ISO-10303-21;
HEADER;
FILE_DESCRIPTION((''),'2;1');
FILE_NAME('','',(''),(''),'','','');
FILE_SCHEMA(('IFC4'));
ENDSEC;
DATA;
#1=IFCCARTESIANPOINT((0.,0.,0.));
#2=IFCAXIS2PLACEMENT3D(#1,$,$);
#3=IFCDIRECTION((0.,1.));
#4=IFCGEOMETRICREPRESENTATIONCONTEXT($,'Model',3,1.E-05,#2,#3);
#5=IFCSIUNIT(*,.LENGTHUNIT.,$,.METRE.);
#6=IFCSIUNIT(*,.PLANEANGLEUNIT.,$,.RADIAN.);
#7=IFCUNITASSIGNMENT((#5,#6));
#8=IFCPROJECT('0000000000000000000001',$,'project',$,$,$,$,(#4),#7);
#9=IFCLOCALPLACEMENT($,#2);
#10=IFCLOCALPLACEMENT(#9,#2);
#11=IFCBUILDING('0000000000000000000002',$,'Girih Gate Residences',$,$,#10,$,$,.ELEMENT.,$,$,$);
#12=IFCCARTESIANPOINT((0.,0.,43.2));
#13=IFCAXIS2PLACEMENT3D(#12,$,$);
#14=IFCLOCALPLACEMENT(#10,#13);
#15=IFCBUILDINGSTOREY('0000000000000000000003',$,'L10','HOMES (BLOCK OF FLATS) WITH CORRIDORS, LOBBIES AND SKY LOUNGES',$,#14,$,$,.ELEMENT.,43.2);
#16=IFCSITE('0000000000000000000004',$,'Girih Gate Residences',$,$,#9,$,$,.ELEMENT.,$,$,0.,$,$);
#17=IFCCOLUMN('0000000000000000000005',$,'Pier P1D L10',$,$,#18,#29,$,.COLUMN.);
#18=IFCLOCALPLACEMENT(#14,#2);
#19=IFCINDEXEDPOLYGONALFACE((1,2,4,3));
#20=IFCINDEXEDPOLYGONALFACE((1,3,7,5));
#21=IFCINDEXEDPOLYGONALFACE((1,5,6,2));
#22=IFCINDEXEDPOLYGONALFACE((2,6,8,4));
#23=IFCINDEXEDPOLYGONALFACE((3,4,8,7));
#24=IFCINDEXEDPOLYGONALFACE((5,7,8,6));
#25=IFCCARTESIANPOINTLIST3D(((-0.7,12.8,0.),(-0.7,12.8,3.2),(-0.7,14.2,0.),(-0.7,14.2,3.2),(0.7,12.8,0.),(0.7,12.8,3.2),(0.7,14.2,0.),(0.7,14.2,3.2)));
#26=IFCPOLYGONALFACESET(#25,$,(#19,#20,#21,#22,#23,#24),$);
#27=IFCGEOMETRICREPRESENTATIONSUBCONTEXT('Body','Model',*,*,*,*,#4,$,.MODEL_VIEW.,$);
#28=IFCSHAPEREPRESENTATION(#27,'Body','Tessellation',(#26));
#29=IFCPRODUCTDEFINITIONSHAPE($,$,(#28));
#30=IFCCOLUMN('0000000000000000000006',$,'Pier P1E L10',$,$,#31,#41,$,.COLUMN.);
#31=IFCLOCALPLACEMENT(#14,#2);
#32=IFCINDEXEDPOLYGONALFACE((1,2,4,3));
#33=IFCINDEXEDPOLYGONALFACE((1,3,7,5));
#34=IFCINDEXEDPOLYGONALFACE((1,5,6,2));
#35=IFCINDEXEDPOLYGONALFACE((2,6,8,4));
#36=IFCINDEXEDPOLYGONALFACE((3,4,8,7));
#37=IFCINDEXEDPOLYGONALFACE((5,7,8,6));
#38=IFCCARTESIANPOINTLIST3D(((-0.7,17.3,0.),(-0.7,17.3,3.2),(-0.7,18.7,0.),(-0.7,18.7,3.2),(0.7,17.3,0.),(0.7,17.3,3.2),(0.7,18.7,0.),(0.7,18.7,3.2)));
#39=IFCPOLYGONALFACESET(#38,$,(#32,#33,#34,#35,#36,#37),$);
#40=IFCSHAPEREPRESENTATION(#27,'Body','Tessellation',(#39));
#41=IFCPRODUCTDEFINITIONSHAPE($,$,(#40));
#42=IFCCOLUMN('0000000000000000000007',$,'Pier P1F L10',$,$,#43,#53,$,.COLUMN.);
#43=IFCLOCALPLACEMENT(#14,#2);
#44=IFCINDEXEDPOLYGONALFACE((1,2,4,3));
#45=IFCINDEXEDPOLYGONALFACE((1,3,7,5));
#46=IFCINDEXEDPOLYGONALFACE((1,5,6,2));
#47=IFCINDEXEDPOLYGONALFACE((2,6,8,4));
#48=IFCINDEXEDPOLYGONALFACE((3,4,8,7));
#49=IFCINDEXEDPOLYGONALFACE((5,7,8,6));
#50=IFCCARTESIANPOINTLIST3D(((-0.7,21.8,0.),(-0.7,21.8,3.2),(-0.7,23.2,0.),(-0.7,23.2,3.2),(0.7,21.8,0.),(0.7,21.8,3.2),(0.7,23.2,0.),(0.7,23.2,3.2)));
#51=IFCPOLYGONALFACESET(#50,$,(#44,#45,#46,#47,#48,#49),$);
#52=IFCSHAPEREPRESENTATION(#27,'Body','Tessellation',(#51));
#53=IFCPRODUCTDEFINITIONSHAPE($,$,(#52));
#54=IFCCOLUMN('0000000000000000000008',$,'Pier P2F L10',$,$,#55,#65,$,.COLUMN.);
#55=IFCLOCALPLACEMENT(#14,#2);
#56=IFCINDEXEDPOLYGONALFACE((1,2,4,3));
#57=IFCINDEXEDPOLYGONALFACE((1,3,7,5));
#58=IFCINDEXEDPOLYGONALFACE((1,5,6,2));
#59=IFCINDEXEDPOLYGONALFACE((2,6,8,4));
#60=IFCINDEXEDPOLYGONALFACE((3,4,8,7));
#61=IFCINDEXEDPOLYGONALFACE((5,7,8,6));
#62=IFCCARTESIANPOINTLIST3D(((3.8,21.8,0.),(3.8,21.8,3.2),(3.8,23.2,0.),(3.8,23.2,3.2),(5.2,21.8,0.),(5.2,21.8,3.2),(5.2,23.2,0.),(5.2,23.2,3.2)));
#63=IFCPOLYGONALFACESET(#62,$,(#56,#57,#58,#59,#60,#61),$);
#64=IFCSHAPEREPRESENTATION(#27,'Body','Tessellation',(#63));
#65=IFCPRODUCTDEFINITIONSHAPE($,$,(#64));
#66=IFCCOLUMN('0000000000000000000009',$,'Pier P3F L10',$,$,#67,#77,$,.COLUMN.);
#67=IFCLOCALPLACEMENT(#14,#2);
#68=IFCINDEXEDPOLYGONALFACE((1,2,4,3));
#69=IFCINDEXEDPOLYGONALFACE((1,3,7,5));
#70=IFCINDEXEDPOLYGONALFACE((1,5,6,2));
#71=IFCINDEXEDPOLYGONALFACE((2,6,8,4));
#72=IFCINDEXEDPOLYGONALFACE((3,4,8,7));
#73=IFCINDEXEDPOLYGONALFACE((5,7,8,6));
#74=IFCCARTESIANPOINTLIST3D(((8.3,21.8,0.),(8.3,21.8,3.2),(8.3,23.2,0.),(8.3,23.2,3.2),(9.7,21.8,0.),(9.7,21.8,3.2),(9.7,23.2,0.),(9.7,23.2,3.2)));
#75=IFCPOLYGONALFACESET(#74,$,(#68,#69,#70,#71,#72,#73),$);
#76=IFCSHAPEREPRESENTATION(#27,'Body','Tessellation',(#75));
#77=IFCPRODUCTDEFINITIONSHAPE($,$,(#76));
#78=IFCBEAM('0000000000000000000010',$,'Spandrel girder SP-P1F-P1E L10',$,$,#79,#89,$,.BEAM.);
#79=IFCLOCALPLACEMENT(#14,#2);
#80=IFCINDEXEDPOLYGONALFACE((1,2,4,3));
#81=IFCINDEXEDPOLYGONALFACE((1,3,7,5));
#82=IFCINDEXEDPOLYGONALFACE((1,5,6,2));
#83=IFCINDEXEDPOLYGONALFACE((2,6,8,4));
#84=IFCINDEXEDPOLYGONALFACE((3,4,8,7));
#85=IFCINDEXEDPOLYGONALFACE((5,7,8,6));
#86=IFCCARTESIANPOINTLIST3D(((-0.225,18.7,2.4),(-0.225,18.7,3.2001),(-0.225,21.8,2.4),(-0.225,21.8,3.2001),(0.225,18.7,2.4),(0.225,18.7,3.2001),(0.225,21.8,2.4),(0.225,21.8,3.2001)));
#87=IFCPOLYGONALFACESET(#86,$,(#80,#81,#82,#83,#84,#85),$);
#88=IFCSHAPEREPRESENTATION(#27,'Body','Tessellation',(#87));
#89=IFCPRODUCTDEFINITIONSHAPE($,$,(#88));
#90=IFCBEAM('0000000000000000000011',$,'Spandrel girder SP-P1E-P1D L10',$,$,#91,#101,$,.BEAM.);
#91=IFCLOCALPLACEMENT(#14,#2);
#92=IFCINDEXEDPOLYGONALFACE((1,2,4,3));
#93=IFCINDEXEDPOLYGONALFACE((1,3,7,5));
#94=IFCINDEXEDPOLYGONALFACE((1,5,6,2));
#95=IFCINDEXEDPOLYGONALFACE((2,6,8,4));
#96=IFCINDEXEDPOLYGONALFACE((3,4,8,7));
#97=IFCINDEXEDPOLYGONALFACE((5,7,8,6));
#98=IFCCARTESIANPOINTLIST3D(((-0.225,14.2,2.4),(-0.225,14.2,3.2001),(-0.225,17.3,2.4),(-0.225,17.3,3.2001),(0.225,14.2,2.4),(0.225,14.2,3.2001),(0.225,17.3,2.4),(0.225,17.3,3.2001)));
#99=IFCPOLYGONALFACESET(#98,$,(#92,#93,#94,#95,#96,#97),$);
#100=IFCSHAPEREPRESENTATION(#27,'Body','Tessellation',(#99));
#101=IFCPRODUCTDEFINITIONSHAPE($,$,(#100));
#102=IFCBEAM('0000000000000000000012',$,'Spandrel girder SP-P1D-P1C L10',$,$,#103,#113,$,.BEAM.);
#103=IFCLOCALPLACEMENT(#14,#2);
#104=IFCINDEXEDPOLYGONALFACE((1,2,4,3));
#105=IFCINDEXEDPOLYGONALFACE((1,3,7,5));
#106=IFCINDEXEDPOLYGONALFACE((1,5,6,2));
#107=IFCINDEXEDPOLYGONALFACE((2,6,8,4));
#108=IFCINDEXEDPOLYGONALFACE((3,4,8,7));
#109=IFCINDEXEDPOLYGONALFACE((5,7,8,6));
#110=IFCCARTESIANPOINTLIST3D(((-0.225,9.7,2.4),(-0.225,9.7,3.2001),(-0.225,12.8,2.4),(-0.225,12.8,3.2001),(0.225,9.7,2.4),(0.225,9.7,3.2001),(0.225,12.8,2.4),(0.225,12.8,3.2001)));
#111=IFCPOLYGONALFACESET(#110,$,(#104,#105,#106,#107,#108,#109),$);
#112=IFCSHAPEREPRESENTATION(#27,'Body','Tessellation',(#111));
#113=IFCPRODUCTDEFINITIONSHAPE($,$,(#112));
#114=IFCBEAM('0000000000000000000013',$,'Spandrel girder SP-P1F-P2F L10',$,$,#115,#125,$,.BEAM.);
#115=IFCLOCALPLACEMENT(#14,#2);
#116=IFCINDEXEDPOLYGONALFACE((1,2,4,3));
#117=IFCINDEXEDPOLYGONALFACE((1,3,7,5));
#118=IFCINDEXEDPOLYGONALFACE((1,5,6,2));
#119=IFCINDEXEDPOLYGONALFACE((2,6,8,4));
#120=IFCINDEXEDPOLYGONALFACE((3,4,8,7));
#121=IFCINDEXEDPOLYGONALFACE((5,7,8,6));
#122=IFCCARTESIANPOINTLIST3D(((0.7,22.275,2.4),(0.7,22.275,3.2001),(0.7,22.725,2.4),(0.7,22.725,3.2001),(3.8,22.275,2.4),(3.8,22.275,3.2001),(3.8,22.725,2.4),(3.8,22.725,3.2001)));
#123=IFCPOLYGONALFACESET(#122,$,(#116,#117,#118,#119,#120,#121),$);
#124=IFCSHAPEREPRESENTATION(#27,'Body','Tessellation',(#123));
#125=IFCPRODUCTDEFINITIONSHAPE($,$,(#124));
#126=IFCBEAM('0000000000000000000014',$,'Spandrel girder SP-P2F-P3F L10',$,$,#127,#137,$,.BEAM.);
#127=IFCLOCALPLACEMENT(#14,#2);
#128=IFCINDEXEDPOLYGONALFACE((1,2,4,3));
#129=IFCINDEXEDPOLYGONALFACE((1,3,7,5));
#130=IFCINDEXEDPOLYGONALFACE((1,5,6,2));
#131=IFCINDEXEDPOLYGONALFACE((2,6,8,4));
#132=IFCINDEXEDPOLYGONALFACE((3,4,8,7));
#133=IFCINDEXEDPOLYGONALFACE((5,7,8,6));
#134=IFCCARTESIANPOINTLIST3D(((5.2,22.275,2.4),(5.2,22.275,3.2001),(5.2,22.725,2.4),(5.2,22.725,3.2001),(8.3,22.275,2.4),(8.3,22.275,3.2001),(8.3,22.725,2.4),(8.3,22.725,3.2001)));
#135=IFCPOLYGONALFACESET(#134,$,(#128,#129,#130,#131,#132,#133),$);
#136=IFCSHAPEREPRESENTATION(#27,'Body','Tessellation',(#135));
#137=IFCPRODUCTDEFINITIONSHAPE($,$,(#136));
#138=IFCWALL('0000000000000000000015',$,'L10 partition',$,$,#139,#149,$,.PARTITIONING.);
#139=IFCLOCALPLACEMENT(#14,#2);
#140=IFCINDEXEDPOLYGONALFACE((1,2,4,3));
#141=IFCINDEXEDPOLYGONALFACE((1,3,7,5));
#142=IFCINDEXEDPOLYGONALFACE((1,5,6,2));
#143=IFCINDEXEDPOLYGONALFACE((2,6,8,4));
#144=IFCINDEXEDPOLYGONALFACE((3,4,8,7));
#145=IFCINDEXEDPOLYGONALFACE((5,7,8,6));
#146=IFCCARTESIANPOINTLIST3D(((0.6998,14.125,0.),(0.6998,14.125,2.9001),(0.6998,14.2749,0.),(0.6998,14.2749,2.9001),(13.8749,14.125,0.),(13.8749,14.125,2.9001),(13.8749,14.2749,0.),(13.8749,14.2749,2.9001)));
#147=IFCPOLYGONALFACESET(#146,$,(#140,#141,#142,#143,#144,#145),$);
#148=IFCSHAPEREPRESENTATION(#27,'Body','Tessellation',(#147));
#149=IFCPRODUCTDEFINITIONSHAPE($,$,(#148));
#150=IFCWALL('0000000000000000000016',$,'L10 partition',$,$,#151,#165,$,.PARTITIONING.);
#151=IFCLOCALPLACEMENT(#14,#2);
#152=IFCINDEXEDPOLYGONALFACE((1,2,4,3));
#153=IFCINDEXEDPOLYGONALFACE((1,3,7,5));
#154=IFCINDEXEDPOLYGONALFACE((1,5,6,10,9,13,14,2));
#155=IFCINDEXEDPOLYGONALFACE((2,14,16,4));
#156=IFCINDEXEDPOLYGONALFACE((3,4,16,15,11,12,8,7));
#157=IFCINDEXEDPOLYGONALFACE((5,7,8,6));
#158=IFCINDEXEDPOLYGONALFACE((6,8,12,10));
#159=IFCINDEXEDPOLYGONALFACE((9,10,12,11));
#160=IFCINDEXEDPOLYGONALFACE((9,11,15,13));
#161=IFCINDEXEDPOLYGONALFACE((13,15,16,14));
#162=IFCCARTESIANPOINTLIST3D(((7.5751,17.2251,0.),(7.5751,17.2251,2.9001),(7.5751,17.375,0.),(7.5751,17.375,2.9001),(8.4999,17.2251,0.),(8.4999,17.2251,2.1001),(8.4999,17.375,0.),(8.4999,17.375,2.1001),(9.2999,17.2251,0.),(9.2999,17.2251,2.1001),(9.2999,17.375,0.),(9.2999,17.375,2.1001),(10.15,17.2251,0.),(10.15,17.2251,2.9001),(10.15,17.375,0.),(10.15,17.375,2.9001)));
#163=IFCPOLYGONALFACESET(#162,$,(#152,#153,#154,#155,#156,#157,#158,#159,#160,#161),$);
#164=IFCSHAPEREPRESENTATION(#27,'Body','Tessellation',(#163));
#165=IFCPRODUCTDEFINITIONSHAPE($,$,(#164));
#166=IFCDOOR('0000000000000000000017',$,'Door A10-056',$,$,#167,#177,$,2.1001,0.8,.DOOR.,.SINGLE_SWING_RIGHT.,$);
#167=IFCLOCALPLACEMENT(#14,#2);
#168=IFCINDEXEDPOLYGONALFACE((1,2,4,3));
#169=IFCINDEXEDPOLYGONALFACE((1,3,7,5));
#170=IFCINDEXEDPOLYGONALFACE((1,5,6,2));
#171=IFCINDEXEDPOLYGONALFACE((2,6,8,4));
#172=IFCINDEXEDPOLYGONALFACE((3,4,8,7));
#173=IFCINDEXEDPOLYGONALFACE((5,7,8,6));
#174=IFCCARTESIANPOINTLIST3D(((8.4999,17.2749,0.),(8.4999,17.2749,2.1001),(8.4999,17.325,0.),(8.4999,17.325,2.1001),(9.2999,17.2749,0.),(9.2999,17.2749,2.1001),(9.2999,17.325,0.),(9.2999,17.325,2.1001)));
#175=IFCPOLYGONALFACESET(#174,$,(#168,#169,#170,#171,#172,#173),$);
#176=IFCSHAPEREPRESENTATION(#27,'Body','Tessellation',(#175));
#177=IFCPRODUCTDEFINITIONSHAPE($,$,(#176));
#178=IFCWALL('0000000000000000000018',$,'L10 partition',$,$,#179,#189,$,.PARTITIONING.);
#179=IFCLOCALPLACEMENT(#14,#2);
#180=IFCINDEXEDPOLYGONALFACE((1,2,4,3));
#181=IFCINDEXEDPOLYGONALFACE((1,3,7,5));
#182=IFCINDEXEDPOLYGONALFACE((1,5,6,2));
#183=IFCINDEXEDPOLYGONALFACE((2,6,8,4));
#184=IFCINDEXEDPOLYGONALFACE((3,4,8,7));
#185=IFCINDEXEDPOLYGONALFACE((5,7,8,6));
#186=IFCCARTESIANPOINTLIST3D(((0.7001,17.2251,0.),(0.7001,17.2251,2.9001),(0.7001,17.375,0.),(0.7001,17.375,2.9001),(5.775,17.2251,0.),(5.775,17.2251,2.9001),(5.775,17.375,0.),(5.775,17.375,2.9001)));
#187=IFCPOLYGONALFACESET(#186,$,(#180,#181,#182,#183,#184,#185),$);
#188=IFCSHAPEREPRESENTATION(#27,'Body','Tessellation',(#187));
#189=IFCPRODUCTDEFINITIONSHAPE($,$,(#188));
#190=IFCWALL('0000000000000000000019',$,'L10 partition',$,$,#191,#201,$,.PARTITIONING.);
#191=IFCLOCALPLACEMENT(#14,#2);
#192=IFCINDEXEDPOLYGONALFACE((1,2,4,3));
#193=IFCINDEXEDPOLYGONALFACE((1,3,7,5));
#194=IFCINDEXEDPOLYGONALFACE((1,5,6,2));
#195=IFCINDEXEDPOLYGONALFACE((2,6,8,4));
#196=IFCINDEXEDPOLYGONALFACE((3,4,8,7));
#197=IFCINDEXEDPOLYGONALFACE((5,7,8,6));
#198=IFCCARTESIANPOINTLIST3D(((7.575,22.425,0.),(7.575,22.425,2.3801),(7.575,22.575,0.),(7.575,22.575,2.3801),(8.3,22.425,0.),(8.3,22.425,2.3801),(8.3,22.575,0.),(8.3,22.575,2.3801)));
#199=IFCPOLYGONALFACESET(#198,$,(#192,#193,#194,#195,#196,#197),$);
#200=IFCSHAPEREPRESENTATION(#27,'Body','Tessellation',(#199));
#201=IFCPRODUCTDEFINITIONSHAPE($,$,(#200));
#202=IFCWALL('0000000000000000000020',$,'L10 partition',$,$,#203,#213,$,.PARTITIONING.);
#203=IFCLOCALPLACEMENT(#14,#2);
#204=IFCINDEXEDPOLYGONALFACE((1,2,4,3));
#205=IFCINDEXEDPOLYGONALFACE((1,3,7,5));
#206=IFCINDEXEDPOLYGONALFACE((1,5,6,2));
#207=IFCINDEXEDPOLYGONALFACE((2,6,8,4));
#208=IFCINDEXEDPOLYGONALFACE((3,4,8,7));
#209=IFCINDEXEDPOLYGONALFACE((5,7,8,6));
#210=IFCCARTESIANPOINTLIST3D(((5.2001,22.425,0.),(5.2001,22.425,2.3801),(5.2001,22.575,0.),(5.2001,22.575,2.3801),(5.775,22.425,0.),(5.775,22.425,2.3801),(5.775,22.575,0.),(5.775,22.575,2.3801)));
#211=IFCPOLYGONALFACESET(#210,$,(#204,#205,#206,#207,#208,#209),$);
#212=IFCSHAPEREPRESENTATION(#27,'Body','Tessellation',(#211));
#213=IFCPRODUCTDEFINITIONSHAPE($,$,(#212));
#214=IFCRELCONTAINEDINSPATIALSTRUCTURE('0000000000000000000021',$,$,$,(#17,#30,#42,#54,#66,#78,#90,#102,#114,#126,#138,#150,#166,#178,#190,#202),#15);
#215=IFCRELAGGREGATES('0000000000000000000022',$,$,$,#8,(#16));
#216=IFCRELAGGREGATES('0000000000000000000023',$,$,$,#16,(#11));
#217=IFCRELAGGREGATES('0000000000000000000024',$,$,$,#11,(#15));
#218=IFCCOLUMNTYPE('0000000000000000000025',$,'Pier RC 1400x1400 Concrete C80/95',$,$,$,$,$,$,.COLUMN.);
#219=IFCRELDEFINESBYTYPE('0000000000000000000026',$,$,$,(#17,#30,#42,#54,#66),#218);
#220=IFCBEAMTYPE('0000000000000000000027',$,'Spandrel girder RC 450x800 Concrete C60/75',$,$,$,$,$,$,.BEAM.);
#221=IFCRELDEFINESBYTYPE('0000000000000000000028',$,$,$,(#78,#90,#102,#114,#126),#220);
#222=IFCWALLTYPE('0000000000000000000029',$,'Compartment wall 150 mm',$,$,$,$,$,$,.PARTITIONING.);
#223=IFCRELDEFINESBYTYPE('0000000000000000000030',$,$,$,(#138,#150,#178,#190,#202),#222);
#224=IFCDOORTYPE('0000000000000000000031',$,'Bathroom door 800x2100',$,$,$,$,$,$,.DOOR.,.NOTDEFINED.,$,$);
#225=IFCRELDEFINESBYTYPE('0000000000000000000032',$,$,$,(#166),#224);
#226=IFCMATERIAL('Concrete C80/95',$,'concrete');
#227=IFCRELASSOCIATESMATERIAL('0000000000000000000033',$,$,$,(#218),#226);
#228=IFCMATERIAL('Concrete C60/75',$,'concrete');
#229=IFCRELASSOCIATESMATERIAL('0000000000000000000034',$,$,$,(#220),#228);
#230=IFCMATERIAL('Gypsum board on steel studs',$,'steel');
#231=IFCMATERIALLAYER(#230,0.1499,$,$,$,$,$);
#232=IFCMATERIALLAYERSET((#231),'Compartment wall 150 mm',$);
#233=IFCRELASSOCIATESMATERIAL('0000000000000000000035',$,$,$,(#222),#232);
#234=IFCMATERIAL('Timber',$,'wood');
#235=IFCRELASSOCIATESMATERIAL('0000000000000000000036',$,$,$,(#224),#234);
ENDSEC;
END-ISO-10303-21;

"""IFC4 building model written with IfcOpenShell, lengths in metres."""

from ifc_helpers import new_model, si_unit, direction, frame, frame_2d, origin, origin_2d, place, context, subcontext, project, spatial, rectangle, extrude, material, layer, layer_set, material_profile, profile_set, type_object, element, fill, save


model = new_model("IFC4")

# Units and contexts
model_context = context("Model", 3, precision=1e-05, world=origin(), true_north=direction((0.0, 1.0)))
body_context = subcontext(model_context, "Body", "Model", "MODEL_VIEW")
ifc_project = project(units=[si_unit("LENGTHUNIT", "METRE"), si_unit("PLANEANGLEUNIT", "RADIAN")], contexts=[model_context])

# Site, building, storey
site_placement = place(None, origin())
site = spatial("IfcSite", under=ifc_project, at=site_placement, Name="Girih Gate Residences", CompositionType="ELEMENT", RefElevation=0.0)
building_placement = place(site_placement, origin())
building = spatial("IfcBuilding", under=site, at=building_placement, Name="Girih Gate Residences", CompositionType="ELEMENT")
storey_placement = place(building_placement, frame((0.0, 0.0, 43.2)))
storey = spatial("IfcBuildingStorey", under=building, at=storey_placement, Name="L10", Description="HOMES (BLOCK OF FLATS) WITH CORRIDORS, LOBBIES AND SKY LOUNGES", CompositionType="ELEMENT", Elevation=43.2)

# Columns
ifc_material_1 = material(Name="Concrete C80/95", Category="concrete")
ifc_material_profile_1 = material_profile(ifc_material_1, rectangle(XDim=1.3999, YDim=1.3999, at=origin_2d()))
ifc_profile_set_1 = profile_set([ifc_material_profile_1], Name="Concrete C80/95")
column_type = type_object("IfcColumnType", Name="Pier RC 1400x1400 Concrete C80/95", PredefinedType="COLUMN", material=ifc_profile_set_1)
for number, where, z_axis, x_axis, name in (
    (1, (0.0, 13.5, 0.0), (0.0, 0.0, 1.0), (1.0, 0.0, 0.0), "Pier P1D L10"),
    (2, (0.0, 18.0, 0.0), (0.0, 0.0, 1.0), (1.0, 0.0, 0.0), "Pier P1E L10"),
    (3, (0.0, 22.5, 0.0), (0.0, 0.0, 1.0), (1.0, 0.0, 0.0), "Pier P1F L10"),
    (4, (4.5, 22.5, 0.0), (0.0, 0.0, 1.0), (1.0, 0.0, 0.0), "Pier P2F L10"),
    (5, (9.0, 22.5, 0.0), (0.0, 0.0, 1.0), (1.0, 0.0, 0.0), "Pier P3F L10"),
):
    element("IfcColumn", number, at=place(storey_placement, frame(where, z_axis=z_axis, x_axis=x_axis)), inside=storey, type_object=column_type, Name=name, PredefinedType="COLUMN", context=body_context, shape_type="SweptSolid", body=[
        extrude(rectangle(XDim=1.3999, YDim=1.3999, at=origin_2d()), origin(), (0.0, 0.0, 1.0), 3.2),
    ])

# Beams
ifc_material_2 = material(Name="Concrete C60/75", Category="concrete")
ifc_material_profile_2 = material_profile(ifc_material_2, rectangle(XDim=0.45, YDim=0.8, at=origin_2d()))
ifc_profile_set_2 = profile_set([ifc_material_profile_2], Name="Concrete C60/75")
beam_type = type_object("IfcBeamType", Name="Spandrel girder RC 450x800 Concrete C60/75", PredefinedType="BEAM", material=ifc_profile_set_2)
for number, where, z_axis, x_axis, name in (
    (6, (0.0, 21.8, 2.8), (0.0, -1.0, 0.0), (1.0, 0.0, 0.0), "Spandrel girder SP-P1F-P1E L10"),
    (7, (0.0, 17.3, 2.8), (0.0, -1.0, 0.0), (1.0, 0.0, 0.0), "Spandrel girder SP-P1E-P1D L10"),
    (8, (0.0, 12.8, 2.8), (0.0, -1.0, 0.0), (1.0, 0.0, 0.0), "Spandrel girder SP-P1D-P1C L10"),
    (9, (0.7, 22.5, 2.8), (1.0, 0.0, 0.0), (0.0, 1.0, 0.0), "Spandrel girder SP-P1F-P2F L10"),
    (10, (5.2, 22.5, 2.8), (1.0, 0.0, 0.0), (0.0, 1.0, 0.0), "Spandrel girder SP-P2F-P3F L10"),
):
    element("IfcBeam", number, at=place(storey_placement, frame(where, z_axis=z_axis, x_axis=x_axis)), inside=storey, type_object=beam_type, Name=name, PredefinedType="BEAM", context=body_context, shape_type="SweptSolid", body=[
        extrude(rectangle(XDim=0.45, YDim=0.8, at=origin_2d()), origin(), (0.0, 0.0, 1.0), 3.1001),
    ])

# Wall
ifc_material_3 = material(Name="Gypsum board on steel studs", Category="steel")
ifc_layer_1 = layer(ifc_material_3, 0.1499)
ifc_layer_set_1 = layer_set([ifc_layer_1], Name="Compartment wall 150 mm")
wall_type_1 = type_object("IfcWallType", Name="Compartment wall 150 mm", PredefinedType="PARTITIONING", material=ifc_layer_set_1)
wall_1_placement = place(storey_placement, frame((0.7, 14.2, 0.0), z_axis=(0.0, 0.0, 1.0), x_axis=(1.0, 0.0, 0.0)))
element("IfcWall", 11, at=wall_1_placement, inside=storey, type_object=wall_type_1, Name="L10 partition", PredefinedType="PARTITIONING", context=body_context, shape_type="SweptSolid", body=[
    extrude(rectangle(XDim=13.175, YDim=0.1499, at=frame_2d((6.5874, 0.0))), origin(), (0.0, 0.0, 1.0), 2.9001),
])

# Wall, opening, door
wall_2_placement = place(storey_placement, frame((7.575, 17.3, 0.0), z_axis=(0.0, 0.0, 1.0), x_axis=(1.0, 0.0, 0.0)))
wall_2 = element("IfcWall", 12, at=wall_2_placement, inside=storey, type_object=wall_type_1, Name="L10 partition", PredefinedType="PARTITIONING", context=body_context, shape_type="SweptSolid", body=[
    extrude(rectangle(XDim=2.575, YDim=0.1499, at=frame_2d((1.2876, 0.0))), origin(), (0.0, 0.0, 1.0), 2.9001),
])
opening_1_placement = place(wall_2_placement, frame((0.925, 0.0, 0.0)))
opening_1 = element("IfcOpeningElement", 13, at=opening_1_placement, cuts=wall_2, PredefinedType="OPENING", context=body_context, shape_type="SweptSolid", body=[
    extrude(rectangle(XDim=0.8, YDim=2.1001, at=frame_2d((0.3999, 1.05))), frame((0.0, 0.085, 0.0), z_axis=(0.0, -1.0, 0.0), x_axis=(1.0, 0.0, 0.0)), (0.0, 0.0, 1.0), 0.1699),
])
ifc_material_4 = material(Name="Timber", Category="wood")
door_type_1 = type_object("IfcDoorType", Name="Bathroom door 800x2100", OperationType="NOTDEFINED", PredefinedType="DOOR", material=ifc_material_4)
door_1_placement = place(opening_1_placement, origin())
door_1 = element("IfcDoor", 14, at=door_1_placement, inside=storey, type_object=door_type_1, Name="Door A10-056", OperationType="SINGLE_SWING_RIGHT", OverallHeight=2.1001, OverallWidth=0.8, PredefinedType="DOOR", context=body_context, shape_type="SweptSolid", body=[
    extrude(rectangle(XDim=0.8, YDim=2.1001, at=frame_2d((0.3999, 1.05))), frame((0.0, 0.0249, 0.0), z_axis=(0.0, -1.0, 0.0), x_axis=(1.0, 0.0, 0.0)), (0.0, 0.0, 1.0), 0.05),
])
fill(opening_1, door_1)

# Walls
wall_3_placement = place(storey_placement, frame((0.7, 17.3, 0.0), z_axis=(0.0, 0.0, 1.0), x_axis=(1.0, 0.0, 0.0)))
element("IfcWall", 15, at=wall_3_placement, inside=storey, type_object=wall_type_1, Name="L10 partition", PredefinedType="PARTITIONING", context=body_context, shape_type="SweptSolid", body=[
    extrude(rectangle(XDim=5.075, YDim=0.1499, at=frame_2d((2.5376, 0.0))), origin(), (0.0, 0.0, 1.0), 2.9001),
])
wall_4_placement = place(storey_placement, frame((7.575, 22.5, 0.0), z_axis=(0.0, 0.0, 1.0), x_axis=(1.0, 0.0, 0.0)))
element("IfcWall", 16, at=wall_4_placement, inside=storey, type_object=wall_type_1, Name="L10 partition", PredefinedType="PARTITIONING", context=body_context, shape_type="SweptSolid", body=[
    extrude(rectangle(XDim=0.7251, YDim=0.1499, at=frame_2d((0.3625, 0.0))), origin(), (0.0, 0.0, 1.0), 2.3801),
])
wall_5_placement = place(storey_placement, frame((5.2, 22.5, 0.0), z_axis=(0.0, 0.0, 1.0), x_axis=(1.0, 0.0, 0.0)))
element("IfcWall", 17, at=wall_5_placement, inside=storey, type_object=wall_type_1, Name="L10 partition", PredefinedType="PARTITIONING", context=body_context, shape_type="SweptSolid", body=[
    extrude(rectangle(XDim=0.575, YDim=0.1499, at=frame_2d((0.2876, 0.0))), origin(), (0.0, 0.0, 1.0), 2.3801),
])

save(model, "model.ifc")
